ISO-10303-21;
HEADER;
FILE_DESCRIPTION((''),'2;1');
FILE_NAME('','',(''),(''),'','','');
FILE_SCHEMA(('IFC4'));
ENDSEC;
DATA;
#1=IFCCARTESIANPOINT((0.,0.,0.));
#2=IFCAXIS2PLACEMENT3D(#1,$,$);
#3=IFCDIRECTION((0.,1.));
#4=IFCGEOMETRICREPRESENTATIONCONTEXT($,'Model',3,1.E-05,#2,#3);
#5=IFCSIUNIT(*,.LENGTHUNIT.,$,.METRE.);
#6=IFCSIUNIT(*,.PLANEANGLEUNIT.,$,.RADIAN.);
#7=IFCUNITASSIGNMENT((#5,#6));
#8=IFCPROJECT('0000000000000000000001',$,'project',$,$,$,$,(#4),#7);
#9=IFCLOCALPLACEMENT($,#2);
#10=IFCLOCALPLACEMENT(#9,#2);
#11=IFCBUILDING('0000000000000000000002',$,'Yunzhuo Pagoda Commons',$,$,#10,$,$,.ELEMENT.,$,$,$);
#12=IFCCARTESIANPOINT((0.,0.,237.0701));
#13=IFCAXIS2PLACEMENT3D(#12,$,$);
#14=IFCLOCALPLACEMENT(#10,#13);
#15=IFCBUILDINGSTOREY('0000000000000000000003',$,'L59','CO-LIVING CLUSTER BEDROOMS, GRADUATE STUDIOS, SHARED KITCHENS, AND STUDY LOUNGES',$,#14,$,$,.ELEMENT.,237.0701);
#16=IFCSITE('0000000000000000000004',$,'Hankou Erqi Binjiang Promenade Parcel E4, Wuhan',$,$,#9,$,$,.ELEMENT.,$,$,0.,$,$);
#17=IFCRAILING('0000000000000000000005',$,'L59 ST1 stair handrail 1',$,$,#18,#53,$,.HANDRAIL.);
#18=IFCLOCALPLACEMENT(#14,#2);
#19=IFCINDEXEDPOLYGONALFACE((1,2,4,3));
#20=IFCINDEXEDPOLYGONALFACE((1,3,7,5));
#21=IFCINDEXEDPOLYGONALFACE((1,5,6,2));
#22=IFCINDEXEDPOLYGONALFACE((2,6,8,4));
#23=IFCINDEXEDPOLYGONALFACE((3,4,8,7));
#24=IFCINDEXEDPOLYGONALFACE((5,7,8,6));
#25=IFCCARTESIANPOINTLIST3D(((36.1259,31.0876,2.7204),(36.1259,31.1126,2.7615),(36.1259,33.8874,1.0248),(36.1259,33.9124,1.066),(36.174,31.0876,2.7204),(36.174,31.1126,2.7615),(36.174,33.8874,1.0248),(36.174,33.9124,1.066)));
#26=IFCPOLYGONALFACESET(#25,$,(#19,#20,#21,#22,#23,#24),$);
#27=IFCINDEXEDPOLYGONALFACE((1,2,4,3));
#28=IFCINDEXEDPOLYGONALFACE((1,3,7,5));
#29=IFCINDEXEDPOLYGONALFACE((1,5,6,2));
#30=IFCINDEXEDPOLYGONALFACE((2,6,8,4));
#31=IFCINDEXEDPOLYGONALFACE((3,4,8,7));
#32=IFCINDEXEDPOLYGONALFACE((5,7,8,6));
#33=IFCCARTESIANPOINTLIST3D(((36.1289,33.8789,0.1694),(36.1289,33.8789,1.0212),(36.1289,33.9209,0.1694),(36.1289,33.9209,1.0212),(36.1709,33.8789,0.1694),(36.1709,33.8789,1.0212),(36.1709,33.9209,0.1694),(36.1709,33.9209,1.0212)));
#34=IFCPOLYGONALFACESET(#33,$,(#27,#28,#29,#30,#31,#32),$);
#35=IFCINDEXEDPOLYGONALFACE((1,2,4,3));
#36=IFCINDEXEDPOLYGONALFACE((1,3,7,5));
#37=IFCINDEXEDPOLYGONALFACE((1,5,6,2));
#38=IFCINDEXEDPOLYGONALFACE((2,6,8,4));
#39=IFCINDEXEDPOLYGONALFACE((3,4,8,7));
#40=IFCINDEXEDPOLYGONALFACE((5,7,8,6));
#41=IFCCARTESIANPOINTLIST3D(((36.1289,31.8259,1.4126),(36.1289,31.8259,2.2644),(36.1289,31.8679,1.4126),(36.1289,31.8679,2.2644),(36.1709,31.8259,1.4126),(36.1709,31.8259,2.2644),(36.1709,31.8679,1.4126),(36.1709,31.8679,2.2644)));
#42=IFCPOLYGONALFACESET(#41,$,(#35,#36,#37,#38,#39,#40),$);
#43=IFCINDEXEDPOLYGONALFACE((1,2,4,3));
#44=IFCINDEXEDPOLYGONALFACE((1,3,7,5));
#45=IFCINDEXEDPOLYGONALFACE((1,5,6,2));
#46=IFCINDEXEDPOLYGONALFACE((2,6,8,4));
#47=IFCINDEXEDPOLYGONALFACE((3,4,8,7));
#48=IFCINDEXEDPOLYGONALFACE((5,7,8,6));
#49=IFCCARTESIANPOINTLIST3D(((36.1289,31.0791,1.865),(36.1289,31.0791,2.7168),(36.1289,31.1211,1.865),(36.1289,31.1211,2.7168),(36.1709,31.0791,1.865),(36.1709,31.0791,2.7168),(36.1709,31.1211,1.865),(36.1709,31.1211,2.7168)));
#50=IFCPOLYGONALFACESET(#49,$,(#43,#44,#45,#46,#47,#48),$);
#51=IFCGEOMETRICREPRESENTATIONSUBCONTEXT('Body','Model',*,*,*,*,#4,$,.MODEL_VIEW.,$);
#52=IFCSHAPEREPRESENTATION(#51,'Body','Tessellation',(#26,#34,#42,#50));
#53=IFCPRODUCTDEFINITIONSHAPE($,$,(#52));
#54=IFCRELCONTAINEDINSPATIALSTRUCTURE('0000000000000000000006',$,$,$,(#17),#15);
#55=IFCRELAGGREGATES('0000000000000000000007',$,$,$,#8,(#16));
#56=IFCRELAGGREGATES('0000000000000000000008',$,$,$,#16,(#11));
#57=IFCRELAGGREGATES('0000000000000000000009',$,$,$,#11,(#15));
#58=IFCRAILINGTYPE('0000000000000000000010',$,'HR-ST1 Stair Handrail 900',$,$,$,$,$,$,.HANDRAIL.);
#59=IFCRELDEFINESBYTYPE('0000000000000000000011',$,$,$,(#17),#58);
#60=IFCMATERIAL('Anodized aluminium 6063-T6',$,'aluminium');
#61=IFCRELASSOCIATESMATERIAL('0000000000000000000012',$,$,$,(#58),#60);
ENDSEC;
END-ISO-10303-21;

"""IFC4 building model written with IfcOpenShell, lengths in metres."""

from ifc_helpers import new_model, si_unit, direction, frame, origin, origin_2d, place, context, subcontext, project, spatial, rectangle, extrude, material, type_object, element, save


model = new_model("IFC4")

# Units and contexts
model_context = context("Model", 3, precision=1e-05, world=origin(), true_north=direction((0.0, 1.0)))
body_context = subcontext(model_context, "Body", "Model", "MODEL_VIEW")
ifc_project = project(units=[si_unit("LENGTHUNIT", "METRE"), si_unit("PLANEANGLEUNIT", "RADIAN")], contexts=[model_context])

# Site, building, storey
site_placement = place(None, origin())
site = spatial("IfcSite", under=ifc_project, at=site_placement, Name="Hankou Erqi Binjiang Promenade Parcel E4, Wuhan", CompositionType="ELEMENT", RefElevation=0.0)
building_placement = place(site_placement, origin())
building = spatial("IfcBuilding", under=site, at=building_placement, Name="Yunzhuo Pagoda Commons", CompositionType="ELEMENT")
storey_placement = place(building_placement, frame((0.0, 0.0, 237.0701)))
storey = spatial("IfcBuildingStorey", under=building, at=storey_placement, Name="L59", Description="CO-LIVING CLUSTER BEDROOMS, GRADUATE STUDIOS, SHARED KITCHENS, AND STUDY LOUNGES", CompositionType="ELEMENT", Elevation=237.0701)

# Railing
ifc_material_1 = material(Name="Anodized aluminium 6063-T6", Category="aluminium")
railing_type_1 = type_object("IfcRailingType", Name="HR-ST1 Stair Handrail 900", PredefinedType="HANDRAIL", material=ifc_material_1)
railing_1_placement = place(storey_placement, frame((36.1499, 33.8999, 0.1694)))
element("IfcRailing", 1, at=railing_1_placement, inside=storey, type_object=railing_type_1, Name="L59 ST1 stair handrail 1", PredefinedType="HANDRAIL", context=body_context, shape_type="SweptSolid", body=[
    extrude(rectangle(XDim=0.0481, YDim=0.0481, at=origin_2d()), frame((0.0, 0.0, 0.876), z_axis=(0.0, -0.855373, 0.518012), x_axis=(1.0, 0.0, 0.0)), (0.0, 0.0, 1.0), 3.2732),
    extrude(rectangle(XDim=0.042, YDim=0.042, at=origin_2d()), origin(), (0.0, 0.0, 1.0), 0.8518),
    extrude(rectangle(XDim=0.042, YDim=0.042, at=origin_2d()), frame((0.0, -2.053, 1.2432)), (0.0, 0.0, 1.0), 0.8518),
    extrude(rectangle(XDim=0.042, YDim=0.042, at=origin_2d()), frame((0.0, -2.7998, 1.6956)), (0.0, 0.0, 1.0), 0.8518),
])

save(model, "model.ifc")
